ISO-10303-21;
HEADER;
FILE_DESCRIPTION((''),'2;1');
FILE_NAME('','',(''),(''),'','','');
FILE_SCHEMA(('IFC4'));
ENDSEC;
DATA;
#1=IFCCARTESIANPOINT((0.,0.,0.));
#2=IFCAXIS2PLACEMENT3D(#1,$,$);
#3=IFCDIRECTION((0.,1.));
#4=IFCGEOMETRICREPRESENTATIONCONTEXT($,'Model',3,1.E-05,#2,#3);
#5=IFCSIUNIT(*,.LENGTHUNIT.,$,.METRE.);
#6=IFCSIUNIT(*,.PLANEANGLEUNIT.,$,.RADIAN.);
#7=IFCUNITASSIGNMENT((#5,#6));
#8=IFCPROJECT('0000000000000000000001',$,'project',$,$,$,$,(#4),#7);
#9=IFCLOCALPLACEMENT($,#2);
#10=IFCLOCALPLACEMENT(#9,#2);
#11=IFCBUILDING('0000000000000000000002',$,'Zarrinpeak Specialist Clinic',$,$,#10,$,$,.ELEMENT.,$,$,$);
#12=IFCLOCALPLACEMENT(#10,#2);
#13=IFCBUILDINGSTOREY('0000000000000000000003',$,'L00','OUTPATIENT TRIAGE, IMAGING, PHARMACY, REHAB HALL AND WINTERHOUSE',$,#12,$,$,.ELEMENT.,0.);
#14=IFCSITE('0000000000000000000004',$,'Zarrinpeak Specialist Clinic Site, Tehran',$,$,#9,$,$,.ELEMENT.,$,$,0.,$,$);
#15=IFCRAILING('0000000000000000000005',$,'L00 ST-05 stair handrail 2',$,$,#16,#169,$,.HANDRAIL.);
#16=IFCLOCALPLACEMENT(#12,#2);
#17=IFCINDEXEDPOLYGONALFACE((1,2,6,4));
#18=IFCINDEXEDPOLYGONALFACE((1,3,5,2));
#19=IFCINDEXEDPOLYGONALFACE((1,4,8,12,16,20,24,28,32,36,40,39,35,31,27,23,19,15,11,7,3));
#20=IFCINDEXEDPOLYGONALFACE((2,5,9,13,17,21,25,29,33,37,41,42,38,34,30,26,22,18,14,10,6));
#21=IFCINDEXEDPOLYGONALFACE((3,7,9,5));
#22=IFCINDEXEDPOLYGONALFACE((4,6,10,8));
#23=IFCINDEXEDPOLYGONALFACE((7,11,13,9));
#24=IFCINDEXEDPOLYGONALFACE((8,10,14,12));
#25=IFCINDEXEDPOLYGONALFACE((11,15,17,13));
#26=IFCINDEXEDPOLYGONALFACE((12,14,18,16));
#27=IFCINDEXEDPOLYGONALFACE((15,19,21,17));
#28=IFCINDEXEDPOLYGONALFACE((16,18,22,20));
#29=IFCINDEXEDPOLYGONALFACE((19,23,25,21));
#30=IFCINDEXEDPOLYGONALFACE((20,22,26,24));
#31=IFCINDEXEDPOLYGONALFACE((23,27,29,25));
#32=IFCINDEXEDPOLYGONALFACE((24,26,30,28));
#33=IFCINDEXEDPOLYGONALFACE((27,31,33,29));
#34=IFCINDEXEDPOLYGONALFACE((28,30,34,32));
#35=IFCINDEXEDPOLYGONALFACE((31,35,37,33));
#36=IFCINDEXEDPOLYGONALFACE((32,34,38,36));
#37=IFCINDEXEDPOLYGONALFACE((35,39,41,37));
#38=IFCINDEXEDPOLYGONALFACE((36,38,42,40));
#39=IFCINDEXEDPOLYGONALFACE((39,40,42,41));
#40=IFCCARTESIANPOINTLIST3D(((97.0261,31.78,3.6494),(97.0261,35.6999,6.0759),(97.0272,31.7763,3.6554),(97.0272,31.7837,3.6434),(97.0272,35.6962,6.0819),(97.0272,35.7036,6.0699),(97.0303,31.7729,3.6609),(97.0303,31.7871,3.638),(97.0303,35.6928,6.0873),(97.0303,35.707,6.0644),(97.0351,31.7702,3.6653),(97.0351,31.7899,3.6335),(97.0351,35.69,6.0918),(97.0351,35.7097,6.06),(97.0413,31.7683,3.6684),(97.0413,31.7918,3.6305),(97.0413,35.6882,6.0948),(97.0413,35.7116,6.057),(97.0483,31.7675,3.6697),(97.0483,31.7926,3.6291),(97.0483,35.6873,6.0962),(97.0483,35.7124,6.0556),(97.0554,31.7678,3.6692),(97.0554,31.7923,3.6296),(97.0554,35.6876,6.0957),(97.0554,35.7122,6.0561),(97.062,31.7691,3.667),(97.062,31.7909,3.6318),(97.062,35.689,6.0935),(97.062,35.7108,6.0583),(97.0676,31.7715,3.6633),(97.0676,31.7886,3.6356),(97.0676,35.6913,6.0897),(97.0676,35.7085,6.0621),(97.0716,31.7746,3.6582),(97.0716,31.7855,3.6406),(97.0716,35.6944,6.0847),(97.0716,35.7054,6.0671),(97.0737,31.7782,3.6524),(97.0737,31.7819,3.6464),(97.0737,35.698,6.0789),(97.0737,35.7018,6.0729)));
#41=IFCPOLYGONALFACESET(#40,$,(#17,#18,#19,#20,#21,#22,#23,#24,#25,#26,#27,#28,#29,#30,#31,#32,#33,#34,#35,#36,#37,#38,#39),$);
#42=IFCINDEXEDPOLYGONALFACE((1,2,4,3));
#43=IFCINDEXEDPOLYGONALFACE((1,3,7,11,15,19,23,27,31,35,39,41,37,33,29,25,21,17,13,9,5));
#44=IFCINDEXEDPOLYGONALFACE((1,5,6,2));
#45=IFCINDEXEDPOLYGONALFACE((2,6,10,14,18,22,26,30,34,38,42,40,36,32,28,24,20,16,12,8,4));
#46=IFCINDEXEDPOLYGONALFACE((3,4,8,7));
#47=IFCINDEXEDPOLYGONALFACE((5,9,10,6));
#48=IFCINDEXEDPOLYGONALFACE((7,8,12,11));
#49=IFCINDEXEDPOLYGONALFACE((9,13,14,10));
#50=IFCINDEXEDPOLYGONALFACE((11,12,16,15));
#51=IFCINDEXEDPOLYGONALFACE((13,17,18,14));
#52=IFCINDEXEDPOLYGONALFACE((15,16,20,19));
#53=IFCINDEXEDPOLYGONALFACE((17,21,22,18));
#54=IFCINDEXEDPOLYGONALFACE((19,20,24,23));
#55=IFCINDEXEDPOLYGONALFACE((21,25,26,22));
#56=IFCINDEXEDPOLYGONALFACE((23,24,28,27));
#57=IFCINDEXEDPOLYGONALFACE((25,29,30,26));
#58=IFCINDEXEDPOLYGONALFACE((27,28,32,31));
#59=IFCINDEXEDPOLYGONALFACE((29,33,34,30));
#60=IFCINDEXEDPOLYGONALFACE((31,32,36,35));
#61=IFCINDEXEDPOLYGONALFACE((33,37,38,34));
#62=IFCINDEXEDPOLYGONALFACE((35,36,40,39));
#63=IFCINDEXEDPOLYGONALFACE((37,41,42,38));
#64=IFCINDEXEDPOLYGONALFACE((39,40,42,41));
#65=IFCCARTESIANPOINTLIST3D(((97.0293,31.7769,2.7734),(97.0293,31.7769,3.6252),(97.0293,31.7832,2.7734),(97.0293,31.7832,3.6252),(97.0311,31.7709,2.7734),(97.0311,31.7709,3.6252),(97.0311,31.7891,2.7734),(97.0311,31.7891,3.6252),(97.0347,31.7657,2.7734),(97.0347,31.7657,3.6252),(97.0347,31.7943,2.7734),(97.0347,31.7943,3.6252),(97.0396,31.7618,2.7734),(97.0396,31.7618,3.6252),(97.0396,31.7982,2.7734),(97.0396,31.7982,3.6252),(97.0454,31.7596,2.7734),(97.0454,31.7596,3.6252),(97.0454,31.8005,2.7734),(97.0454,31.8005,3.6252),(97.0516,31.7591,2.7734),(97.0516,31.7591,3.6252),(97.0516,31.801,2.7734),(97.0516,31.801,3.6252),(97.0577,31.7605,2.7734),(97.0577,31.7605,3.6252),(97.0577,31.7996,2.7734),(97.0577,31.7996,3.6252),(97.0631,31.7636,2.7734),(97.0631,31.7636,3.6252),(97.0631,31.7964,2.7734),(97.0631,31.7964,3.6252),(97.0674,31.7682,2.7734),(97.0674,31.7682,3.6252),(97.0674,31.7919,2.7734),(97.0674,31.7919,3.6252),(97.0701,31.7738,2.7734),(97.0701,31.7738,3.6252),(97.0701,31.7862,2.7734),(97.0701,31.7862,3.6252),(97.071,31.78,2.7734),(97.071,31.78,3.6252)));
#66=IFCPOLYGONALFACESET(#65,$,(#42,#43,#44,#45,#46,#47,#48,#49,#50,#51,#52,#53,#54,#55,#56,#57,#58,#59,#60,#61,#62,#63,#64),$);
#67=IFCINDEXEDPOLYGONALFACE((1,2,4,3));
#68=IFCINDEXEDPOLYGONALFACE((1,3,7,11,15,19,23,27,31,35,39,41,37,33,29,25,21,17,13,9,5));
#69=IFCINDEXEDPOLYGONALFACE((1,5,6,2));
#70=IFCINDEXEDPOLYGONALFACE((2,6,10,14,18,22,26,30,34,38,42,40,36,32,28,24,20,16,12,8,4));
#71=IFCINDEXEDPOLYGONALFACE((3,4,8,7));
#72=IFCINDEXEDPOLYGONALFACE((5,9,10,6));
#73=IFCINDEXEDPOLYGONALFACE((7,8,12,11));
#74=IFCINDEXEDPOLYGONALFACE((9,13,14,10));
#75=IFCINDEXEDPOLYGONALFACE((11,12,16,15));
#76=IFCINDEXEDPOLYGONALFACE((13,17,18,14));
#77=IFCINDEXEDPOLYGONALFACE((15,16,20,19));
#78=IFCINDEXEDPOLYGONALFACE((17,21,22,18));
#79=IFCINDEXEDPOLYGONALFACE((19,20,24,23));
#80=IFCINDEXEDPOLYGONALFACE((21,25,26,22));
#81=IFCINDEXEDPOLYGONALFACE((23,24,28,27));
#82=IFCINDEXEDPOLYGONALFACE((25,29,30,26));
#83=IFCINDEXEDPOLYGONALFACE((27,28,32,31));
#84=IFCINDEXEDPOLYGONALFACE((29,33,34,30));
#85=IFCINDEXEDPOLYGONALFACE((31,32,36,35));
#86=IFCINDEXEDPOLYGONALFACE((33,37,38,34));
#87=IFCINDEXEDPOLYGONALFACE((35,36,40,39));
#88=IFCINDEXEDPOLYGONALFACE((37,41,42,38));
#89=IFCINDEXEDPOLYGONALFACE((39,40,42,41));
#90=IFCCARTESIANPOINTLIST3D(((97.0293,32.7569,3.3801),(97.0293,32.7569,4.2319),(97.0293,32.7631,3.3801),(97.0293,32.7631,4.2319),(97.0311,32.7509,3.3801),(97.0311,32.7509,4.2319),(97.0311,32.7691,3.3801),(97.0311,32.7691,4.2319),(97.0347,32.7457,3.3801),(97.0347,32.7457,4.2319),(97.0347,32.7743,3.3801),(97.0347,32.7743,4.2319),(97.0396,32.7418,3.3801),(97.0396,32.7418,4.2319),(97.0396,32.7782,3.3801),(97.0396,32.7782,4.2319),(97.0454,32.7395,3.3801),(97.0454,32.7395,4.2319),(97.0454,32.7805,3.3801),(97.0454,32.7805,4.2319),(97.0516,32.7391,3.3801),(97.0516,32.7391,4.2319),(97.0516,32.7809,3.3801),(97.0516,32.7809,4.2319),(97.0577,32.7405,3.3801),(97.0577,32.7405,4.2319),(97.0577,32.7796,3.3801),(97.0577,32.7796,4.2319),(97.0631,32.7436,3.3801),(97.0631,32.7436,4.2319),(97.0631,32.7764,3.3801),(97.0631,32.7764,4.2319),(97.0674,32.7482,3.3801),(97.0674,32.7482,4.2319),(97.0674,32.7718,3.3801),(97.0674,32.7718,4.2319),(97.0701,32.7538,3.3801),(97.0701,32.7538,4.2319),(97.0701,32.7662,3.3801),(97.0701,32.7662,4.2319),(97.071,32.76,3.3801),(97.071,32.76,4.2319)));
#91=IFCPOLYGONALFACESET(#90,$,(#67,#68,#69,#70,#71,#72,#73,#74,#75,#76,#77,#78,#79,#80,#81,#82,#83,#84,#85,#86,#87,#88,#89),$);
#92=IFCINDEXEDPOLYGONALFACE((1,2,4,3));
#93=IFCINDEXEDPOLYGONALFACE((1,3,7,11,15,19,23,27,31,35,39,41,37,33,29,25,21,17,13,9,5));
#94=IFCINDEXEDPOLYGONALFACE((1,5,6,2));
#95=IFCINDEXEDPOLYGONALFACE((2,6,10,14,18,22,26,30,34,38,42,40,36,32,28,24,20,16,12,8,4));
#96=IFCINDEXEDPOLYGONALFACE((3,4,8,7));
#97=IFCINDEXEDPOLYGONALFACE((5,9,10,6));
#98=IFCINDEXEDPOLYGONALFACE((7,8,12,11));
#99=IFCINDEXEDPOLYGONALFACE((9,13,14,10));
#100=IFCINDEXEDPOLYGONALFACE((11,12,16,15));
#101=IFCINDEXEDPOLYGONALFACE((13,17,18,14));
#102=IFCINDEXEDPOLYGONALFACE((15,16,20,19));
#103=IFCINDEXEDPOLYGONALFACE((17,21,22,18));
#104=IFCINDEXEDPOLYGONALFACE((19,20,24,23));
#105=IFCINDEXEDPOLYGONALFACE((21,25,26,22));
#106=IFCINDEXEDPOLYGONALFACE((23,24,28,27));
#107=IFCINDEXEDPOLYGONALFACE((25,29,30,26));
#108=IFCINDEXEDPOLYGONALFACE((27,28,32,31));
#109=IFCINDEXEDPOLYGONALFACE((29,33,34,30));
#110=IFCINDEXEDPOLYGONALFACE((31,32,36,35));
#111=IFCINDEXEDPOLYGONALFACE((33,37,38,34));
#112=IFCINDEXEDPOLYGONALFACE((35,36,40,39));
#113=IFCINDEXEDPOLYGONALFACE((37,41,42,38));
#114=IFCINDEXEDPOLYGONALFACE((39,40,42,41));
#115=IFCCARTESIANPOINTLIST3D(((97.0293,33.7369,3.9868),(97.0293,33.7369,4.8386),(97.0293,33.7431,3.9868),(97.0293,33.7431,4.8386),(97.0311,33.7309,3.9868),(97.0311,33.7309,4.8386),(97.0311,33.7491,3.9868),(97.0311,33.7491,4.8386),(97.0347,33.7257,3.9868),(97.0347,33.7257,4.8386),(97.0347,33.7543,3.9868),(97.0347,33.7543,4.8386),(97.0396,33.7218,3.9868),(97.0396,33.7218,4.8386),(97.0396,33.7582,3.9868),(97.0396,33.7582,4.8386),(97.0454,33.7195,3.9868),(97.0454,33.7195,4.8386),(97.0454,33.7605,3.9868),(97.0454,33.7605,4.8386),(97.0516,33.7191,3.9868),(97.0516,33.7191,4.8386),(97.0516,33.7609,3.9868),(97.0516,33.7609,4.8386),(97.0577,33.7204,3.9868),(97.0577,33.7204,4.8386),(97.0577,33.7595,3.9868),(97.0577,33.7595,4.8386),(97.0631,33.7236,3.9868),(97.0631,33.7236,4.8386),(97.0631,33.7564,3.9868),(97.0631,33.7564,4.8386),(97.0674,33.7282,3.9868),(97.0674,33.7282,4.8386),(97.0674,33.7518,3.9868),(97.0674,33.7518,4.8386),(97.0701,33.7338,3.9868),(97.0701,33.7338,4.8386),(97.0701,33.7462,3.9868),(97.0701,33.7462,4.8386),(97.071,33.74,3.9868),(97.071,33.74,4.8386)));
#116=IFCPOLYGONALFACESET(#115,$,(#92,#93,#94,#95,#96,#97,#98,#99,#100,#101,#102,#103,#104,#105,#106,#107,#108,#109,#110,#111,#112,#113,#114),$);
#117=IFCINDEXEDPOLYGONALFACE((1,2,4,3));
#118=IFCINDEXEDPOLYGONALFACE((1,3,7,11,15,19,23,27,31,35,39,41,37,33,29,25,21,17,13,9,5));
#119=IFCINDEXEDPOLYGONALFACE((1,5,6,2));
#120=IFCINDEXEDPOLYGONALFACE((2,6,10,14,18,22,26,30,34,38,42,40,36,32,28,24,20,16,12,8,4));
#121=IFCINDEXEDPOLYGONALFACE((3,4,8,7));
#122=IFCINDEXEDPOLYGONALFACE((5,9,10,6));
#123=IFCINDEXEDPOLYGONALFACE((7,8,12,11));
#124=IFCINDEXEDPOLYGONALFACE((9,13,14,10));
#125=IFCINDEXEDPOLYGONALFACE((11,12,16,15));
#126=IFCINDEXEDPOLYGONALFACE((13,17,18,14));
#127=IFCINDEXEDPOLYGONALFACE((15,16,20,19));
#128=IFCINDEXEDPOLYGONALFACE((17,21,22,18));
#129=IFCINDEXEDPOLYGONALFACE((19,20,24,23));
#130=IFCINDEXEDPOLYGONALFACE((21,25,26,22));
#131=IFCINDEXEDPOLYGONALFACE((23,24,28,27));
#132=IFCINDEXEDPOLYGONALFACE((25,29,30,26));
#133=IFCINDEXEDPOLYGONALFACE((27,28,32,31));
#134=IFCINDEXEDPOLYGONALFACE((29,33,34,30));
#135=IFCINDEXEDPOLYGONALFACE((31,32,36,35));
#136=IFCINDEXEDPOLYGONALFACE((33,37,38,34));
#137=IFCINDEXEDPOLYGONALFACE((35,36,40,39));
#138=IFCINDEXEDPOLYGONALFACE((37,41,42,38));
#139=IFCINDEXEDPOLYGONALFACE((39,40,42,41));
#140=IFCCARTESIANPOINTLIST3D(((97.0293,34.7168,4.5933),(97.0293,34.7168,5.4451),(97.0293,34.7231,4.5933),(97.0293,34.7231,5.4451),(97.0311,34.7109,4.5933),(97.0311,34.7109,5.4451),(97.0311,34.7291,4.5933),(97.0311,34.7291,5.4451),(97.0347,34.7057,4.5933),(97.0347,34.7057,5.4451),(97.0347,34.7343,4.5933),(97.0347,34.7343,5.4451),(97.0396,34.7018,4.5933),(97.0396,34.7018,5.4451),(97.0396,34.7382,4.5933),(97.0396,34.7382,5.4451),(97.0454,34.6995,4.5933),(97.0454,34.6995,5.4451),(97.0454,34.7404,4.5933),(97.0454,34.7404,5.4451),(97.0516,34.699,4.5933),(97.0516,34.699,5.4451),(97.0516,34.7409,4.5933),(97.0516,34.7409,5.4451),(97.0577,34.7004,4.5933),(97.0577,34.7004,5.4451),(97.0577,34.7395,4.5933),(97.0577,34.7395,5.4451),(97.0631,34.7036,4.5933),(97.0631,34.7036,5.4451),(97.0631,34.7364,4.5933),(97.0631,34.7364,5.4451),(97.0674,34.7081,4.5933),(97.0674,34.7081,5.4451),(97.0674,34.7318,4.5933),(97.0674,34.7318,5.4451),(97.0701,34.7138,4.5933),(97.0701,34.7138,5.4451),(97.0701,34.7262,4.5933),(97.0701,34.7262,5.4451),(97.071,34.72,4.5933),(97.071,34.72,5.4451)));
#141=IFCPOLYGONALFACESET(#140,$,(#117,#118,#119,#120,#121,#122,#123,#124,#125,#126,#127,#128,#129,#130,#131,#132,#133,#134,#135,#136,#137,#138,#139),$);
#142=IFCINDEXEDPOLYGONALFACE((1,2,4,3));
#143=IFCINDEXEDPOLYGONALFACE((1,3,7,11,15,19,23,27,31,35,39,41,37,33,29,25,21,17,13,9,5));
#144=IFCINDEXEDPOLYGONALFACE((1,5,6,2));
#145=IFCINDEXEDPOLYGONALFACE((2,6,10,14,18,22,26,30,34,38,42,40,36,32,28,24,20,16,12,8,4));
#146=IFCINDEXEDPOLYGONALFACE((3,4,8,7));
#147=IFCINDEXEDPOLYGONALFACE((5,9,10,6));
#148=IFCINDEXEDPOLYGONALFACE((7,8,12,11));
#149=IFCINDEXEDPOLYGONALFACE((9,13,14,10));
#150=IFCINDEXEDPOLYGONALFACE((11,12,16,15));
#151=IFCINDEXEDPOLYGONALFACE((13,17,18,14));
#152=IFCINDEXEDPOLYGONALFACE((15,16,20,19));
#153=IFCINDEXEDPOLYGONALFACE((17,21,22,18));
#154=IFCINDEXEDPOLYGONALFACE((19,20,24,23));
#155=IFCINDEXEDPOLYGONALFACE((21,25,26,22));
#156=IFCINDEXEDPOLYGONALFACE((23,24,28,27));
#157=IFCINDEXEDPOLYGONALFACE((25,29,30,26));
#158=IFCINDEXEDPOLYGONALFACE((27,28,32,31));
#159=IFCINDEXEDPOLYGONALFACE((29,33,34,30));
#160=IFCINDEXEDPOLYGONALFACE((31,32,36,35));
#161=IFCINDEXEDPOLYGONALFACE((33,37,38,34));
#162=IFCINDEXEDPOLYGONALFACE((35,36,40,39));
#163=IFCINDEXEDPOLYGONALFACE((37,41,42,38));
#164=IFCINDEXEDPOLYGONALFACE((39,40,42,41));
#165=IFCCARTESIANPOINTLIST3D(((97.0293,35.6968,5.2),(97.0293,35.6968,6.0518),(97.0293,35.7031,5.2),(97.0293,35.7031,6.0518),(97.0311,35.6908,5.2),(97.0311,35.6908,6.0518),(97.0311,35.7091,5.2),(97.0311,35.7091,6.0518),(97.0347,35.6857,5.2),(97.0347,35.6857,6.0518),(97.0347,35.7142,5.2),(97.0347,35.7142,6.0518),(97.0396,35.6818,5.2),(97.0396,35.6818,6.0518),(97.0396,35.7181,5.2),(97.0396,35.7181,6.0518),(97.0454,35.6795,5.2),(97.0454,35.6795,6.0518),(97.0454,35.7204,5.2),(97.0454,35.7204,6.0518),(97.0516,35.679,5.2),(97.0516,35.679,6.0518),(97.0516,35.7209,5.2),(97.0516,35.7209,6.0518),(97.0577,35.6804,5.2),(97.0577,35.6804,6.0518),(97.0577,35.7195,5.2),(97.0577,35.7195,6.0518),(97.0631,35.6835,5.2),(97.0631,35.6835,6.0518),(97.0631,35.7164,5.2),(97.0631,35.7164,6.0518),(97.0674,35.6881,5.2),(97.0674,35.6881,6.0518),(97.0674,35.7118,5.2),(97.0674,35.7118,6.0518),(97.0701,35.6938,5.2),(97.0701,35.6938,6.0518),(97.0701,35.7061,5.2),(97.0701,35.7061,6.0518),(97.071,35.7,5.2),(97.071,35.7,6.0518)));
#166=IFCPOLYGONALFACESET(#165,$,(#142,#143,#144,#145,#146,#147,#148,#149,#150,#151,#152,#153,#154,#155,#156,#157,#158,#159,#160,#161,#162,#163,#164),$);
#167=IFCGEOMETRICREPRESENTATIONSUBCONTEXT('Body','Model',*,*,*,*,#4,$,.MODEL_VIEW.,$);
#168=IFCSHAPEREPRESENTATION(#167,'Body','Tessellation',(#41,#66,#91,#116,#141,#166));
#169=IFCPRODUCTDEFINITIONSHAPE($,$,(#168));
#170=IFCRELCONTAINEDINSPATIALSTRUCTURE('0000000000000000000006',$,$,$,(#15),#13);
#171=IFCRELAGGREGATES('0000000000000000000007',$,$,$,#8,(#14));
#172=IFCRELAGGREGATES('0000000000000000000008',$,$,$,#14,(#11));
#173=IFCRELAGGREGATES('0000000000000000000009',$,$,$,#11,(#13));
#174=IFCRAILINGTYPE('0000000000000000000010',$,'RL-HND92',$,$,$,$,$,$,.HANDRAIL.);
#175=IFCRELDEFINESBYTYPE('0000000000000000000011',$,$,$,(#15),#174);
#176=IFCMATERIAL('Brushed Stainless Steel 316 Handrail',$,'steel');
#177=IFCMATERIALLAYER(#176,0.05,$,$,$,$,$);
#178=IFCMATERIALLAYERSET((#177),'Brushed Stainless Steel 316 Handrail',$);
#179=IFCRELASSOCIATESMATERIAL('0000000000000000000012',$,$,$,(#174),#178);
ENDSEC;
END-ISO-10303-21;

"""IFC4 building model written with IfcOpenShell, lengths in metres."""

from ifc_helpers import new_model, si_unit, direction, frame, origin, origin_2d, place, context, subcontext, project, spatial, circle, extrude, material, layer, layer_set, type_object, element, save


model = new_model("IFC4")

# Units and contexts
model_context = context("Model", 3, precision=1e-05, world=origin(), true_north=direction((0.0, 1.0)))
body_context = subcontext(model_context, "Body", "Model", "MODEL_VIEW")
ifc_project = project(units=[si_unit("LENGTHUNIT", "METRE"), si_unit("PLANEANGLEUNIT", "RADIAN")], contexts=[model_context])

# Site, building, storey
site_placement = place(None, origin())
site = spatial("IfcSite", under=ifc_project, at=site_placement, Name="Zarrinpeak Specialist Clinic Site, Tehran", CompositionType="ELEMENT", RefElevation=0.0)
building_placement = place(site_placement, origin())
building = spatial("IfcBuilding", under=site, at=building_placement, Name="Zarrinpeak Specialist Clinic", CompositionType="ELEMENT")
storey_placement = place(building_placement, origin())
storey = spatial("IfcBuildingStorey", under=building, at=storey_placement, Name="L00", Description="OUTPATIENT TRIAGE, IMAGING, PHARMACY, REHAB HALL AND WINTERHOUSE", CompositionType="ELEMENT", Elevation=0.0)

# Railing
ifc_material_1 = material(Name="Brushed Stainless Steel 316 Handrail", Category="steel")
ifc_layer_1 = layer(ifc_material_1, 0.05)
ifc_layer_set_1 = layer_set([ifc_layer_1], Name="Brushed Stainless Steel 316 Handrail")
railing_type_1 = type_object("IfcRailingType", Name="RL-HND92", PredefinedType="HANDRAIL", material=ifc_layer_set_1)
railing_1_placement = place(storey_placement, frame((97.05, 31.78, 2.7734)))
element("IfcRailing", 1, at=railing_1_placement, inside=storey, type_object=railing_type_1, Name="L00 ST-05 stair handrail 2", PredefinedType="HANDRAIL", context=body_context, shape_type="SweptSolid", body=[
    extrude(circle(Radius=0.0239, at=origin_2d()), frame((0.0, 0.0, 0.876), z_axis=(0.0, 0.850275, 0.526338), x_axis=(-1.0, 0.0, 0.0)), (0.0, 0.0, 1.0), 4.6101),
    extrude(circle(Radius=0.021, at=origin_2d()), origin(), (0.0, 0.0, 1.0), 0.8518),
    extrude(circle(Radius=0.021, at=origin_2d()), frame((0.0, 0.98, 0.6067)), (0.0, 0.0, 1.0), 0.8518),
    extrude(circle(Radius=0.021, at=origin_2d()), frame((0.0, 1.96, 1.2134)), (0.0, 0.0, 1.0), 0.8518),
    extrude(circle(Radius=0.021, at=origin_2d()), frame((0.0, 2.9399, 1.8198)), (0.0, 0.0, 1.0), 0.8518),
    extrude(circle(Radius=0.021, at=origin_2d()), frame((0.0, 3.9199, 2.4265)), (0.0, 0.0, 1.0), 0.8518),
])

save(model, "model.ifc")
